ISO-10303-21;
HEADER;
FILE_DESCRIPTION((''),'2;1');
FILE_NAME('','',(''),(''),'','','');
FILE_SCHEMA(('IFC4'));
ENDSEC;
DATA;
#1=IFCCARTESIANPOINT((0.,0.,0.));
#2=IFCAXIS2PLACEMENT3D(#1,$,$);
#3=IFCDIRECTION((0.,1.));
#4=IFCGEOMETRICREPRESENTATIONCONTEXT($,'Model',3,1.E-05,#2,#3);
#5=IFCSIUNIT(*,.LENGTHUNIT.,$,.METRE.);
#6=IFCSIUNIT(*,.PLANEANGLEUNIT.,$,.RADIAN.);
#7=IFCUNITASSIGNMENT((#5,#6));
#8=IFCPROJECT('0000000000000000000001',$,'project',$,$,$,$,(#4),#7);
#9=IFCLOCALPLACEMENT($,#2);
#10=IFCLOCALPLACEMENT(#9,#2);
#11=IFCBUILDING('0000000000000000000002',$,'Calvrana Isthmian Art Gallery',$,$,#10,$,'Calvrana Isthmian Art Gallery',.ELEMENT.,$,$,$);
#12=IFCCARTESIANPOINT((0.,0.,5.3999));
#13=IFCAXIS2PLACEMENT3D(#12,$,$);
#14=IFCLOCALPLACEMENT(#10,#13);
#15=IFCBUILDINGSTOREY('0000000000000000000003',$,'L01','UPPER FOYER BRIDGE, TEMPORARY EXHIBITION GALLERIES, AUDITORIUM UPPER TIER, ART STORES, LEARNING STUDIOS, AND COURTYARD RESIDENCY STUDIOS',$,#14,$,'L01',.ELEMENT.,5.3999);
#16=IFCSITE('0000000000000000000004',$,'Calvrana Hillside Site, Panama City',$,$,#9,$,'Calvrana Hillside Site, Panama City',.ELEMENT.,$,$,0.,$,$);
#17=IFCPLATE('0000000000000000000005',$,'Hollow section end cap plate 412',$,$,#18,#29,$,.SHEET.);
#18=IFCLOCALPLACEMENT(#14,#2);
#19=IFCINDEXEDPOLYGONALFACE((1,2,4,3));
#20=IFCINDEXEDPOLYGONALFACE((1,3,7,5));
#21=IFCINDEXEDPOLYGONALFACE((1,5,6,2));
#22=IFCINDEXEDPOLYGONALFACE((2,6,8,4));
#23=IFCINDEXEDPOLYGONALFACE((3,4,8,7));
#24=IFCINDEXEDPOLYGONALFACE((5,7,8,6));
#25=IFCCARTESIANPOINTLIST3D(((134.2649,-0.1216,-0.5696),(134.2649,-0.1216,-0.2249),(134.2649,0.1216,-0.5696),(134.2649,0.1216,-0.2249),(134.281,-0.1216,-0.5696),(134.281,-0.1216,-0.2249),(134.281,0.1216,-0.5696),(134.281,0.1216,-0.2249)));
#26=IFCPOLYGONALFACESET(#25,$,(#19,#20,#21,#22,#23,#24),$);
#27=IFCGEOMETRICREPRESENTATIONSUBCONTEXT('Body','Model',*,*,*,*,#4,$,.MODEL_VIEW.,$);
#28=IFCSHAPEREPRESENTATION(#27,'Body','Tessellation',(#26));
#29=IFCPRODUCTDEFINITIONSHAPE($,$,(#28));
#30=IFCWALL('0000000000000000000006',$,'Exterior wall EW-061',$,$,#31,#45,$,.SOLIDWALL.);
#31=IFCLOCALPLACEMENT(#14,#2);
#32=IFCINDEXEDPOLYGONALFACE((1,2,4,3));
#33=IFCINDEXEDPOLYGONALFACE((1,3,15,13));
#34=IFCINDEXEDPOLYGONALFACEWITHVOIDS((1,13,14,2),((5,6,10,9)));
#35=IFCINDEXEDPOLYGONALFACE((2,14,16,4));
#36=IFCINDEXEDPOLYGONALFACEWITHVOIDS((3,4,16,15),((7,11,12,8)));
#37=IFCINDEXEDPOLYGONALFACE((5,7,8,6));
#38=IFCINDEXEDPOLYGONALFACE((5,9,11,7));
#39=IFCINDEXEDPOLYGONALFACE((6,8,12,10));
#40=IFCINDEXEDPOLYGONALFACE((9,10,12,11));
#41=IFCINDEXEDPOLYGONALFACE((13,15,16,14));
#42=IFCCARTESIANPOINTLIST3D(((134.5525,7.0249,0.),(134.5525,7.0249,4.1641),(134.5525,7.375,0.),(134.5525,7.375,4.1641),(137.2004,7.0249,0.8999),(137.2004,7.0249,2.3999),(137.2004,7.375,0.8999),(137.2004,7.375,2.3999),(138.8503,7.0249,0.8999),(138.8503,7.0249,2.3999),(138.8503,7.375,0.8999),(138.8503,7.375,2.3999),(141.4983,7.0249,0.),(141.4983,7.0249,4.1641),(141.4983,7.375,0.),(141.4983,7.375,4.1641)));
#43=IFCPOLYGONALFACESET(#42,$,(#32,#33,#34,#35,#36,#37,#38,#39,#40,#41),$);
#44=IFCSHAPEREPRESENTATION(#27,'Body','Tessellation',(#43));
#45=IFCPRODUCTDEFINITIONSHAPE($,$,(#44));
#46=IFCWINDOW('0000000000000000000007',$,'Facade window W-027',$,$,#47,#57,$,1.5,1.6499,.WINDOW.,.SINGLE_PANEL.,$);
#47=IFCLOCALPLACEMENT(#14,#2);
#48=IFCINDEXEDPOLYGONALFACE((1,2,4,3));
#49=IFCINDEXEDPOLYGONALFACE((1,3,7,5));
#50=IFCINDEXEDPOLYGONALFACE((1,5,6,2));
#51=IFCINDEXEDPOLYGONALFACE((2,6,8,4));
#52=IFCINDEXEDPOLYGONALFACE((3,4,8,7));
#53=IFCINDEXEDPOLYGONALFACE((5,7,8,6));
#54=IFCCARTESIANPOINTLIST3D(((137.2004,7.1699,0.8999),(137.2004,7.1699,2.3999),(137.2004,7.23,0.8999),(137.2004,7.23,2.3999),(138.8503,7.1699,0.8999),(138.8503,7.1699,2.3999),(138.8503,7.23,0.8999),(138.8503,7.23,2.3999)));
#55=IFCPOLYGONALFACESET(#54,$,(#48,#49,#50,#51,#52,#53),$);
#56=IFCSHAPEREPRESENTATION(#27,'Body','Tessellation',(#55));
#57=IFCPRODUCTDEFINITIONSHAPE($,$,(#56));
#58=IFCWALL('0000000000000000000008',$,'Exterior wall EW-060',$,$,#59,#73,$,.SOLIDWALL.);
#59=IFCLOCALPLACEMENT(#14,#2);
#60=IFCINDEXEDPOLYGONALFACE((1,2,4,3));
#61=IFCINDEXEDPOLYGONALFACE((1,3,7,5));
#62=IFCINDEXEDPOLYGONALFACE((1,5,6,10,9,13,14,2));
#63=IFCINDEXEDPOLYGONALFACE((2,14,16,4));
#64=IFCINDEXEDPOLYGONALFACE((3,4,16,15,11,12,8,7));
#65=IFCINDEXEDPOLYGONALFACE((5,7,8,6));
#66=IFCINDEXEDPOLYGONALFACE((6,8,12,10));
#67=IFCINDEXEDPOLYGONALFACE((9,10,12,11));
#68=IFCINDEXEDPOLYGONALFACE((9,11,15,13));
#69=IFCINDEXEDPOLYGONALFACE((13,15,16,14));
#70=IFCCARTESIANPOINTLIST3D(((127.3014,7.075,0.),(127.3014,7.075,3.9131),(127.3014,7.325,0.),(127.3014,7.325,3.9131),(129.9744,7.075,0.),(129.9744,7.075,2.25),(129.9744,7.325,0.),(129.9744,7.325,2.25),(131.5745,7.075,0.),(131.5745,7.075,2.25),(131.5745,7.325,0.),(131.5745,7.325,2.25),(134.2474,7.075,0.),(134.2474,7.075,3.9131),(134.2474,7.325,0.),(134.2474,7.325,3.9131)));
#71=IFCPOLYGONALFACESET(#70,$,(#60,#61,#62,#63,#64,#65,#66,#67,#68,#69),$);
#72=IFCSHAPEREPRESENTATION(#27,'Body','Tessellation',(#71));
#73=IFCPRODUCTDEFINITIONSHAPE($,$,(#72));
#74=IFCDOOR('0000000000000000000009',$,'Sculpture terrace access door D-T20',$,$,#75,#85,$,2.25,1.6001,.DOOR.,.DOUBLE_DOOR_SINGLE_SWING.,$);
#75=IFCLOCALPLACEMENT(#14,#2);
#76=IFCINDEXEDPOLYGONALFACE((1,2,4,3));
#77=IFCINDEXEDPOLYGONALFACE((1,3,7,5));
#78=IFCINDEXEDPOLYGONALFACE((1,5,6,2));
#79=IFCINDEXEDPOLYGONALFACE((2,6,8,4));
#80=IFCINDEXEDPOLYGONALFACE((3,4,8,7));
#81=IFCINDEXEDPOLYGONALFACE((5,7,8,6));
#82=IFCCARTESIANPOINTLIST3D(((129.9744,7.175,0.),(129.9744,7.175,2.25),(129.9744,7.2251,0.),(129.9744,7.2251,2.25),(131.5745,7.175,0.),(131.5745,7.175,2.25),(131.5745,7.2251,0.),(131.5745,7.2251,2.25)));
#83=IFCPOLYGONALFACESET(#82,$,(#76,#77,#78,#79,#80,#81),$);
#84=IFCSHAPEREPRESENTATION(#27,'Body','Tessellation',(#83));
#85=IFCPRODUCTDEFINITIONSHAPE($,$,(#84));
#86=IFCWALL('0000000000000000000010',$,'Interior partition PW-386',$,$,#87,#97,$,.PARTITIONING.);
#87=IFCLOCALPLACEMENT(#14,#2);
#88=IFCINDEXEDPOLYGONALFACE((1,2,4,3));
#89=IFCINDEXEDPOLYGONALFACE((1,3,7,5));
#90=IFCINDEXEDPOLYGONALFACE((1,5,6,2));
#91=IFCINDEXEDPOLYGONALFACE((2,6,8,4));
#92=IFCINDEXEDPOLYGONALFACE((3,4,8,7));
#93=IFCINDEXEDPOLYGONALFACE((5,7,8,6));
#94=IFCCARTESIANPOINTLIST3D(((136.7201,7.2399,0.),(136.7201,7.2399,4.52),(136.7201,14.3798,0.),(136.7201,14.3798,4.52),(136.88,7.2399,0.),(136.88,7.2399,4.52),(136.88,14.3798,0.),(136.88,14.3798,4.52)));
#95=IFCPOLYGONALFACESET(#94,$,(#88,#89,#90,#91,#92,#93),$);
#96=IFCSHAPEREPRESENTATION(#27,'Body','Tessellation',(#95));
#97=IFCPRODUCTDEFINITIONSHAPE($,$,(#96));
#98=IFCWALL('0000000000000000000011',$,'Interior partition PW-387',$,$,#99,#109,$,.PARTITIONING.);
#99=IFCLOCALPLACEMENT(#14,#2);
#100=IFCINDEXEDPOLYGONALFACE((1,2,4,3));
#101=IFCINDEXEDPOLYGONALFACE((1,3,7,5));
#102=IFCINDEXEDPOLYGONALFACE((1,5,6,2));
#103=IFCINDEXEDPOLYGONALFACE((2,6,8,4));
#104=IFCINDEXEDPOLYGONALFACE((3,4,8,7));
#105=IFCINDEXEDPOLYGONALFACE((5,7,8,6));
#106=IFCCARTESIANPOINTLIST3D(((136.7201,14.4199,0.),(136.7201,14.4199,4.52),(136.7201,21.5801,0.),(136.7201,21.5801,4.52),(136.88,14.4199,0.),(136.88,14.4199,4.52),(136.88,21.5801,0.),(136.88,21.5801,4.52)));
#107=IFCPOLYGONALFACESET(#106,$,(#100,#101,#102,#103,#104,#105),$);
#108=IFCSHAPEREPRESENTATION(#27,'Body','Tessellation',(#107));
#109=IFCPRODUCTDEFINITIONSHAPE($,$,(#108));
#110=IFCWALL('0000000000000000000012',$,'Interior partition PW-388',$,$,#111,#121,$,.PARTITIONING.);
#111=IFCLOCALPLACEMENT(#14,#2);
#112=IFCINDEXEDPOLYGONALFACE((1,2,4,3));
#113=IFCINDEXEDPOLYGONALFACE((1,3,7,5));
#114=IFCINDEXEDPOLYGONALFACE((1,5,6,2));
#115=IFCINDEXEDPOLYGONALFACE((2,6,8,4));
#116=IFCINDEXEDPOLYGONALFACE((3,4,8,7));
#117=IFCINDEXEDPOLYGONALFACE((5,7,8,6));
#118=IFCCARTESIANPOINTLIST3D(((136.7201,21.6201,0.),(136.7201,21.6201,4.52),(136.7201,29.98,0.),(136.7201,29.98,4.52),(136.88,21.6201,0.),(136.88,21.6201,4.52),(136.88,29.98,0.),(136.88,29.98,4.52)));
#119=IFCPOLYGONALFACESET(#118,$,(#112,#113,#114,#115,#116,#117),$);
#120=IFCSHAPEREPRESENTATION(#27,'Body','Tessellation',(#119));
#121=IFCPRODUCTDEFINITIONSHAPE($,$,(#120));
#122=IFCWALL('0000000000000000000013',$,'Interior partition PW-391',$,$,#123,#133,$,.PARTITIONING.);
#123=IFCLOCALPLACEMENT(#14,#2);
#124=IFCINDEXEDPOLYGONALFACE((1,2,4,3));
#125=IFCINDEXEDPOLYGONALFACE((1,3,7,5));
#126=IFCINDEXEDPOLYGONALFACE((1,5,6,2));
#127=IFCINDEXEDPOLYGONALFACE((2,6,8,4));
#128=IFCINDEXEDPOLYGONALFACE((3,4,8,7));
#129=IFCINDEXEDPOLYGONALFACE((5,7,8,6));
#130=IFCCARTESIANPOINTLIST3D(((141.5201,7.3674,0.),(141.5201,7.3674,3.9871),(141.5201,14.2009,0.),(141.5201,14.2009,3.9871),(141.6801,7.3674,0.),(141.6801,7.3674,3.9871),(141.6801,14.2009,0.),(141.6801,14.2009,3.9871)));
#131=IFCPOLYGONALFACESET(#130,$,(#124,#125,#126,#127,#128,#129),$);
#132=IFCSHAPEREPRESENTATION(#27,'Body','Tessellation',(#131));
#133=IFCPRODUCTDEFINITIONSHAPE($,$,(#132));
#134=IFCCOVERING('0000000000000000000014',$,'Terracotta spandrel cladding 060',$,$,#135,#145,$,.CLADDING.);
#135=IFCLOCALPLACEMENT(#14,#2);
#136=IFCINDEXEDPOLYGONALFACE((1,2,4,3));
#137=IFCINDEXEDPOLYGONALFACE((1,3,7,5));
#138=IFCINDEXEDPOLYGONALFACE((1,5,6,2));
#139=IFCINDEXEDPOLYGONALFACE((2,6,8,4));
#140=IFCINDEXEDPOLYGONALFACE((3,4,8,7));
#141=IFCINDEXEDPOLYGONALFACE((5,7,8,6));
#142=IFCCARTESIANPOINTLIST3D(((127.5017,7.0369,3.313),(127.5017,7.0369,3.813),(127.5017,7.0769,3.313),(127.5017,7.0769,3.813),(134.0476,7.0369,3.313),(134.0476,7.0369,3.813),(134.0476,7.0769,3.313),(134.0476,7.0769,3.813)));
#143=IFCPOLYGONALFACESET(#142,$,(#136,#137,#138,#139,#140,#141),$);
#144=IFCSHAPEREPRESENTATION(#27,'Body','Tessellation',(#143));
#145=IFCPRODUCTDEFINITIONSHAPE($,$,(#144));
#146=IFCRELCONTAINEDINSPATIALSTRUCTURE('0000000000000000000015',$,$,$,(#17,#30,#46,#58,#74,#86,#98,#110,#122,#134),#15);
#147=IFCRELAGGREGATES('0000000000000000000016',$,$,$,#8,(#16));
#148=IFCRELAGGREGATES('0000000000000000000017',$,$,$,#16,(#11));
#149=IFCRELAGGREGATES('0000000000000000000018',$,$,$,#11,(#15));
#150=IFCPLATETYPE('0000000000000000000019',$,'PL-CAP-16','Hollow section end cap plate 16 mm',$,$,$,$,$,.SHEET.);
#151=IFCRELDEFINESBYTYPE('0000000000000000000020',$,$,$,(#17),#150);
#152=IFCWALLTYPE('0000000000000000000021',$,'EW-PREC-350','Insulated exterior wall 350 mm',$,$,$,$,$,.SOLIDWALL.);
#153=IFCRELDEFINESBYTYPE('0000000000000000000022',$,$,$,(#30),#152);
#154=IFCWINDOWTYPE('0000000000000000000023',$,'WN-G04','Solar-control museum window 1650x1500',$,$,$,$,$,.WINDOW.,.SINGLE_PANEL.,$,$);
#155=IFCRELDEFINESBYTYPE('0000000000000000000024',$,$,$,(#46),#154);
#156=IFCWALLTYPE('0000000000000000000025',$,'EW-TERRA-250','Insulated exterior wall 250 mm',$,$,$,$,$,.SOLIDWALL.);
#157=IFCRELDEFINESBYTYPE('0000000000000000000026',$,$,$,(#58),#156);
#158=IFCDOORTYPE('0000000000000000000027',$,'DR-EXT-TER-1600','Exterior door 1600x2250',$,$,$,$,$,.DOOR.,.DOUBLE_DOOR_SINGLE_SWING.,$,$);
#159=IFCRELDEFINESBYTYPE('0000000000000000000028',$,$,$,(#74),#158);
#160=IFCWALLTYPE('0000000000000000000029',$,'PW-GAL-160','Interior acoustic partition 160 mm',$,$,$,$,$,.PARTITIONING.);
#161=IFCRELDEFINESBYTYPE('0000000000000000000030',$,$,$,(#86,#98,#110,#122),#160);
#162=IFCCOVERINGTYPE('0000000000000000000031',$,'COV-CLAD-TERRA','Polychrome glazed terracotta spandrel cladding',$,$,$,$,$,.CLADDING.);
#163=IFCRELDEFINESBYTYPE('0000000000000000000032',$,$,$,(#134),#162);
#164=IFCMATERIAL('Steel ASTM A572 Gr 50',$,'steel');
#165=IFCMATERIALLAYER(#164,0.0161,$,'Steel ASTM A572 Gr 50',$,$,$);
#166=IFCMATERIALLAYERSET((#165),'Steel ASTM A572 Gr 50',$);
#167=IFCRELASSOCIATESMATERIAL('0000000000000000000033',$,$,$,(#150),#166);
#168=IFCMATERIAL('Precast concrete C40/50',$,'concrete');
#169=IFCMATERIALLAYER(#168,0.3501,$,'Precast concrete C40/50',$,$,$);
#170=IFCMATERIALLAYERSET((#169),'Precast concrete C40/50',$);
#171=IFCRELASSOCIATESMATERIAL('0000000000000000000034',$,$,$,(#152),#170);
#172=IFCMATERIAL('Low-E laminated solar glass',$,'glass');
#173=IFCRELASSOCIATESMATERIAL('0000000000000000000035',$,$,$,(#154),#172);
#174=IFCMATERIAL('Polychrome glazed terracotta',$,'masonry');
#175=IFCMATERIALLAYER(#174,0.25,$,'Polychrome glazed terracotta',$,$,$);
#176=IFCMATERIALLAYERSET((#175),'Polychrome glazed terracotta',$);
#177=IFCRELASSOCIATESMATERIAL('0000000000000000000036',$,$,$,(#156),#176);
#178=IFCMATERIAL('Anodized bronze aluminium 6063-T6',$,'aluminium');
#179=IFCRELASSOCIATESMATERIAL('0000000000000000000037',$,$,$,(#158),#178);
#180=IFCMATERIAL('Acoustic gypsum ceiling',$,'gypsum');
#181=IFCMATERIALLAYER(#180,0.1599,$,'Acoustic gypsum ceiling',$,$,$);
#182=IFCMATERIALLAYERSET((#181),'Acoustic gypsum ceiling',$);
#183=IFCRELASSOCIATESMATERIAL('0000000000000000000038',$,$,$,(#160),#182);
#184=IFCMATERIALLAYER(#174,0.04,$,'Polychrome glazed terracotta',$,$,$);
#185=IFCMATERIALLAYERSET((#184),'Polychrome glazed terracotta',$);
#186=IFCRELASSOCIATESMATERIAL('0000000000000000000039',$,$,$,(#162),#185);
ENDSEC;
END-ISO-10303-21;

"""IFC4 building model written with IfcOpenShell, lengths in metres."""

from ifc_helpers import new_model, si_unit, direction, frame, frame_2d, origin, origin_2d, place, context, subcontext, project, spatial, rectangle, extrude, material, layer, layer_set, type_object, element, fill, save


model = new_model("IFC4")

# Units and contexts
model_context = context("Model", 3, precision=1e-05, world=origin(), true_north=direction((0.0, 1.0)))
body_context = subcontext(model_context, "Body", "Model", "MODEL_VIEW")
ifc_project = project(units=[si_unit("LENGTHUNIT", "METRE"), si_unit("PLANEANGLEUNIT", "RADIAN")], contexts=[model_context])

# Site, building, storey
site_placement = place(None, origin())
site = spatial("IfcSite", under=ifc_project, at=site_placement, Name="Calvrana Hillside Site, Panama City", LongName="Calvrana Hillside Site, Panama City", CompositionType="ELEMENT", RefElevation=0.0)
building_placement = place(site_placement, origin())
building = spatial("IfcBuilding", under=site, at=building_placement, Name="Calvrana Isthmian Art Gallery", LongName="Calvrana Isthmian Art Gallery", CompositionType="ELEMENT")
storey_placement = place(building_placement, frame((0.0, 0.0, 5.3999)))
storey = spatial("IfcBuildingStorey", under=building, at=storey_placement, Name="L01", Description="UPPER FOYER BRIDGE, TEMPORARY EXHIBITION GALLERIES, AUDITORIUM UPPER TIER, ART STORES, LEARNING STUDIOS, AND COURTYARD RESIDENCY STUDIOS", LongName="L01", CompositionType="ELEMENT", Elevation=5.3999)

# Plate
ifc_material_1 = material(Name="Steel ASTM A572 Gr 50", Category="steel")
ifc_layer_1 = layer(ifc_material_1, 0.0161, Name="Steel ASTM A572 Gr 50")
ifc_layer_set_1 = layer_set([ifc_layer_1], Name="Steel ASTM A572 Gr 50")
plate_type = type_object("IfcPlateType", Name="PL-CAP-16", Description="Hollow section end cap plate 16 mm", PredefinedType="SHEET", material=ifc_layer_set_1)
plate_placement = place(storey_placement, frame((134.2729, 0.0, -0.5696), z_axis=(0.0, 0.0, 1.0), x_axis=(1.0, 0.0, 0.0)))
element("IfcPlate", 1, at=plate_placement, inside=storey, type_object=plate_type, Name="Hollow section end cap plate 412", PredefinedType="SHEET", context=body_context, shape_type="SweptSolid", body=[
    extrude(rectangle(XDim=0.0161, YDim=0.2432, at=origin_2d()), origin(), (0.0, 0.0, 1.0), 0.3447),
])

# Wall, opening, window
ifc_material_2 = material(Name="Precast concrete C40/50", Category="concrete")
ifc_layer_2 = layer(ifc_material_2, 0.3501, Name="Precast concrete C40/50")
ifc_layer_set_2 = layer_set([ifc_layer_2], Name="Precast concrete C40/50")
wall_type_1 = type_object("IfcWallType", Name="EW-PREC-350", Description="Insulated exterior wall 350 mm", PredefinedType="SOLIDWALL", material=ifc_layer_set_2)
wall_1_placement = place(storey_placement, frame((141.4983, 7.2, 0.0), z_axis=(0.0, 0.0, 1.0), x_axis=(-1.0, 0.0, 0.0)))
wall_1 = element("IfcWall", 2, at=wall_1_placement, inside=storey, type_object=wall_type_1, Name="Exterior wall EW-061", PredefinedType="SOLIDWALL", context=body_context, shape_type="SweptSolid", body=[
    extrude(rectangle(XDim=6.9458, YDim=0.3501, at=frame_2d((3.4729, 0.0))), origin(), (0.0, 0.0, 1.0), 4.1641),
])
opening_1_placement = place(wall_1_placement, frame((2.6479, 0.0, 0.8999)))
opening_1 = element("IfcOpeningElement", 3, at=opening_1_placement, cuts=wall_1, PredefinedType="OPENING", context=body_context, shape_type="SweptSolid", body=[
    extrude(rectangle(XDim=1.6499, YDim=1.5, at=frame_2d((0.825, 0.75))), frame((0.0, 0.1853, 0.0), z_axis=(0.0, -1.0, 0.0), x_axis=(1.0, 0.0, 0.0)), (0.0, 0.0, 1.0), 0.3706),
])
ifc_material_3 = material(Name="Low-E laminated solar glass", Category="glass")
window_type = type_object("IfcWindowType", Name="WN-G04", Description="Solar-control museum window 1650x1500", PartitioningType="SINGLE_PANEL", PredefinedType="WINDOW", material=ifc_material_3)
window_placement = place(opening_1_placement, origin())
window = element("IfcWindow", 4, at=window_placement, inside=storey, type_object=window_type, Name="Facade window W-027", OverallHeight=1.5, OverallWidth=1.6499, PartitioningType="SINGLE_PANEL", PredefinedType="WINDOW", context=body_context, shape_type="SweptSolid", body=[
    extrude(rectangle(XDim=1.6499, YDim=1.5, at=frame_2d((0.825, 0.75))), frame((0.0, 0.03, 0.0), z_axis=(0.0, -1.0, 0.0), x_axis=(1.0, 0.0, 0.0)), (0.0, 0.0, 1.0), 0.0601),
])
fill(opening_1, window)

# Wall, opening, door
ifc_material_4 = material(Name="Polychrome glazed terracotta", Category="masonry")
ifc_layer_3 = layer(ifc_material_4, 0.25, Name="Polychrome glazed terracotta")
ifc_layer_set_3 = layer_set([ifc_layer_3], Name="Polychrome glazed terracotta")
wall_type_2 = type_object("IfcWallType", Name="EW-TERRA-250", Description="Insulated exterior wall 250 mm", PredefinedType="SOLIDWALL", material=ifc_layer_set_3)
wall_2_placement = place(storey_placement, frame((134.2476, 7.2, 0.0), z_axis=(0.0, 0.0, 1.0), x_axis=(-1.0, 0.0, 0.0)))
wall_2 = element("IfcWall", 5, at=wall_2_placement, inside=storey, type_object=wall_type_2, Name="Exterior wall EW-060", PredefinedType="SOLIDWALL", context=body_context, shape_type="SweptSolid", body=[
    extrude(rectangle(XDim=6.946, YDim=0.25, at=frame_2d((3.4731, 0.0))), origin(), (0.0, 0.0, 1.0), 3.9131),
])
opening_2_placement = place(wall_2_placement, frame((2.6731, 0.0, 0.0)))
opening_2 = element("IfcOpeningElement", 6, at=opening_2_placement, cuts=wall_2, PredefinedType="OPENING", context=body_context, shape_type="SweptSolid", body=[
    extrude(rectangle(XDim=1.6001, YDim=2.25, at=frame_2d((0.8, 1.125))), frame((0.0, 0.1353, 0.0), z_axis=(0.0, -1.0, 0.0), x_axis=(1.0, 0.0, 0.0)), (0.0, 0.0, 1.0), 0.2705),
])
ifc_material_5 = material(Name="Anodized bronze aluminium 6063-T6", Category="aluminium")
door_type = type_object("IfcDoorType", Name="DR-EXT-TER-1600", Description="Exterior door 1600x2250", OperationType="DOUBLE_DOOR_SINGLE_SWING", PredefinedType="DOOR", material=ifc_material_5)
door_placement = place(opening_2_placement, origin())
door = element("IfcDoor", 7, at=door_placement, inside=storey, type_object=door_type, Name="Sculpture terrace access door D-T20", OperationType="DOUBLE_DOOR_SINGLE_SWING", OverallHeight=2.25, OverallWidth=1.6001, PredefinedType="DOOR", context=body_context, shape_type="SweptSolid", body=[
    extrude(rectangle(XDim=1.6001, YDim=2.25, at=frame_2d((0.8, 1.125))), frame((0.0, 0.0249, 0.0), z_axis=(0.0, -1.0, 0.0), x_axis=(1.0, 0.0, 0.0)), (0.0, 0.0, 1.0), 0.05),
])
fill(opening_2, door)

# Walls
ifc_material_6 = material(Name="Acoustic gypsum ceiling", Category="gypsum")
ifc_layer_4 = layer(ifc_material_6, 0.1599, Name="Acoustic gypsum ceiling")
ifc_layer_set_4 = layer_set([ifc_layer_4], Name="Acoustic gypsum ceiling")
wall_type_3 = type_object("IfcWallType", Name="PW-GAL-160", Description="Interior acoustic partition 160 mm", PredefinedType="PARTITIONING", material=ifc_layer_set_4)
wall_3_placement = place(storey_placement, frame((136.8, 7.24, 0.0), z_axis=(0.0, 0.0, 1.0), x_axis=(0.0, 1.0, 0.0)))
element("IfcWall", 8, at=wall_3_placement, inside=storey, type_object=wall_type_3, Name="Interior partition PW-386", PredefinedType="PARTITIONING", context=body_context, shape_type="SweptSolid", body=[
    extrude(rectangle(XDim=7.1399, YDim=0.1599, at=frame_2d((3.5698, 0.0))), origin(), (0.0, 0.0, 1.0), 4.52),
])
wall_4_placement = place(storey_placement, frame((136.8, 14.4199, 0.0), z_axis=(0.0, 0.0, 1.0), x_axis=(0.0, 1.0, 0.0)))
element("IfcWall", 9, at=wall_4_placement, inside=storey, type_object=wall_type_3, Name="Interior partition PW-387", PredefinedType="PARTITIONING", context=body_context, shape_type="SweptSolid", body=[
    extrude(rectangle(XDim=7.1602, YDim=0.1599, at=frame_2d((3.5801, 0.0))), origin(), (0.0, 0.0, 1.0), 4.52),
])
wall_5_placement = place(storey_placement, frame((136.8, 21.6201, 0.0), z_axis=(0.0, 0.0, 1.0), x_axis=(0.0, 1.0, 0.0)))
element("IfcWall", 10, at=wall_5_placement, inside=storey, type_object=wall_type_3, Name="Interior partition PW-388", PredefinedType="PARTITIONING", context=body_context, shape_type="SweptSolid", body=[
    extrude(rectangle(XDim=8.3599, YDim=0.1599, at=frame_2d((4.1799, 0.0))), origin(), (0.0, 0.0, 1.0), 4.52),
])
wall_6_placement = place(storey_placement, frame((141.6001, 7.3674, 0.0), z_axis=(0.0, 0.0, 1.0), x_axis=(0.0, 1.0, 0.0)))
element("IfcWall", 11, at=wall_6_placement, inside=storey, type_object=wall_type_3, Name="Interior partition PW-391", PredefinedType="PARTITIONING", context=body_context, shape_type="SweptSolid", body=[
    extrude(rectangle(XDim=6.8335, YDim=0.1599, at=frame_2d((3.4167, 0.0))), origin(), (0.0, 0.0, 1.0), 3.9871),
])

# Covering
ifc_layer_5 = layer(ifc_material_4, 0.04, Name="Polychrome glazed terracotta")
ifc_layer_set_5 = layer_set([ifc_layer_5], Name="Polychrome glazed terracotta")
covering_type = type_object("IfcCoveringType", Name="COV-CLAD-TERRA", Description="Polychrome glazed terracotta spandrel cladding", PredefinedType="CLADDING", material=ifc_layer_set_5)
covering_placement = place(storey_placement, frame((130.7747, 7.0569, 3.313), z_axis=(0.0, 0.0, 1.0), x_axis=(-1.0, 0.0, 0.0)))
element("IfcCovering", 12, at=covering_placement, inside=storey, type_object=covering_type, Name="Terracotta spandrel cladding 060", PredefinedType="CLADDING", context=body_context, shape_type="SweptSolid", body=[
    extrude(rectangle(XDim=6.5459, YDim=0.04, at=origin_2d()), origin(), (0.0, 0.0, 1.0), 0.5),
])

save(model, "model.ifc")
